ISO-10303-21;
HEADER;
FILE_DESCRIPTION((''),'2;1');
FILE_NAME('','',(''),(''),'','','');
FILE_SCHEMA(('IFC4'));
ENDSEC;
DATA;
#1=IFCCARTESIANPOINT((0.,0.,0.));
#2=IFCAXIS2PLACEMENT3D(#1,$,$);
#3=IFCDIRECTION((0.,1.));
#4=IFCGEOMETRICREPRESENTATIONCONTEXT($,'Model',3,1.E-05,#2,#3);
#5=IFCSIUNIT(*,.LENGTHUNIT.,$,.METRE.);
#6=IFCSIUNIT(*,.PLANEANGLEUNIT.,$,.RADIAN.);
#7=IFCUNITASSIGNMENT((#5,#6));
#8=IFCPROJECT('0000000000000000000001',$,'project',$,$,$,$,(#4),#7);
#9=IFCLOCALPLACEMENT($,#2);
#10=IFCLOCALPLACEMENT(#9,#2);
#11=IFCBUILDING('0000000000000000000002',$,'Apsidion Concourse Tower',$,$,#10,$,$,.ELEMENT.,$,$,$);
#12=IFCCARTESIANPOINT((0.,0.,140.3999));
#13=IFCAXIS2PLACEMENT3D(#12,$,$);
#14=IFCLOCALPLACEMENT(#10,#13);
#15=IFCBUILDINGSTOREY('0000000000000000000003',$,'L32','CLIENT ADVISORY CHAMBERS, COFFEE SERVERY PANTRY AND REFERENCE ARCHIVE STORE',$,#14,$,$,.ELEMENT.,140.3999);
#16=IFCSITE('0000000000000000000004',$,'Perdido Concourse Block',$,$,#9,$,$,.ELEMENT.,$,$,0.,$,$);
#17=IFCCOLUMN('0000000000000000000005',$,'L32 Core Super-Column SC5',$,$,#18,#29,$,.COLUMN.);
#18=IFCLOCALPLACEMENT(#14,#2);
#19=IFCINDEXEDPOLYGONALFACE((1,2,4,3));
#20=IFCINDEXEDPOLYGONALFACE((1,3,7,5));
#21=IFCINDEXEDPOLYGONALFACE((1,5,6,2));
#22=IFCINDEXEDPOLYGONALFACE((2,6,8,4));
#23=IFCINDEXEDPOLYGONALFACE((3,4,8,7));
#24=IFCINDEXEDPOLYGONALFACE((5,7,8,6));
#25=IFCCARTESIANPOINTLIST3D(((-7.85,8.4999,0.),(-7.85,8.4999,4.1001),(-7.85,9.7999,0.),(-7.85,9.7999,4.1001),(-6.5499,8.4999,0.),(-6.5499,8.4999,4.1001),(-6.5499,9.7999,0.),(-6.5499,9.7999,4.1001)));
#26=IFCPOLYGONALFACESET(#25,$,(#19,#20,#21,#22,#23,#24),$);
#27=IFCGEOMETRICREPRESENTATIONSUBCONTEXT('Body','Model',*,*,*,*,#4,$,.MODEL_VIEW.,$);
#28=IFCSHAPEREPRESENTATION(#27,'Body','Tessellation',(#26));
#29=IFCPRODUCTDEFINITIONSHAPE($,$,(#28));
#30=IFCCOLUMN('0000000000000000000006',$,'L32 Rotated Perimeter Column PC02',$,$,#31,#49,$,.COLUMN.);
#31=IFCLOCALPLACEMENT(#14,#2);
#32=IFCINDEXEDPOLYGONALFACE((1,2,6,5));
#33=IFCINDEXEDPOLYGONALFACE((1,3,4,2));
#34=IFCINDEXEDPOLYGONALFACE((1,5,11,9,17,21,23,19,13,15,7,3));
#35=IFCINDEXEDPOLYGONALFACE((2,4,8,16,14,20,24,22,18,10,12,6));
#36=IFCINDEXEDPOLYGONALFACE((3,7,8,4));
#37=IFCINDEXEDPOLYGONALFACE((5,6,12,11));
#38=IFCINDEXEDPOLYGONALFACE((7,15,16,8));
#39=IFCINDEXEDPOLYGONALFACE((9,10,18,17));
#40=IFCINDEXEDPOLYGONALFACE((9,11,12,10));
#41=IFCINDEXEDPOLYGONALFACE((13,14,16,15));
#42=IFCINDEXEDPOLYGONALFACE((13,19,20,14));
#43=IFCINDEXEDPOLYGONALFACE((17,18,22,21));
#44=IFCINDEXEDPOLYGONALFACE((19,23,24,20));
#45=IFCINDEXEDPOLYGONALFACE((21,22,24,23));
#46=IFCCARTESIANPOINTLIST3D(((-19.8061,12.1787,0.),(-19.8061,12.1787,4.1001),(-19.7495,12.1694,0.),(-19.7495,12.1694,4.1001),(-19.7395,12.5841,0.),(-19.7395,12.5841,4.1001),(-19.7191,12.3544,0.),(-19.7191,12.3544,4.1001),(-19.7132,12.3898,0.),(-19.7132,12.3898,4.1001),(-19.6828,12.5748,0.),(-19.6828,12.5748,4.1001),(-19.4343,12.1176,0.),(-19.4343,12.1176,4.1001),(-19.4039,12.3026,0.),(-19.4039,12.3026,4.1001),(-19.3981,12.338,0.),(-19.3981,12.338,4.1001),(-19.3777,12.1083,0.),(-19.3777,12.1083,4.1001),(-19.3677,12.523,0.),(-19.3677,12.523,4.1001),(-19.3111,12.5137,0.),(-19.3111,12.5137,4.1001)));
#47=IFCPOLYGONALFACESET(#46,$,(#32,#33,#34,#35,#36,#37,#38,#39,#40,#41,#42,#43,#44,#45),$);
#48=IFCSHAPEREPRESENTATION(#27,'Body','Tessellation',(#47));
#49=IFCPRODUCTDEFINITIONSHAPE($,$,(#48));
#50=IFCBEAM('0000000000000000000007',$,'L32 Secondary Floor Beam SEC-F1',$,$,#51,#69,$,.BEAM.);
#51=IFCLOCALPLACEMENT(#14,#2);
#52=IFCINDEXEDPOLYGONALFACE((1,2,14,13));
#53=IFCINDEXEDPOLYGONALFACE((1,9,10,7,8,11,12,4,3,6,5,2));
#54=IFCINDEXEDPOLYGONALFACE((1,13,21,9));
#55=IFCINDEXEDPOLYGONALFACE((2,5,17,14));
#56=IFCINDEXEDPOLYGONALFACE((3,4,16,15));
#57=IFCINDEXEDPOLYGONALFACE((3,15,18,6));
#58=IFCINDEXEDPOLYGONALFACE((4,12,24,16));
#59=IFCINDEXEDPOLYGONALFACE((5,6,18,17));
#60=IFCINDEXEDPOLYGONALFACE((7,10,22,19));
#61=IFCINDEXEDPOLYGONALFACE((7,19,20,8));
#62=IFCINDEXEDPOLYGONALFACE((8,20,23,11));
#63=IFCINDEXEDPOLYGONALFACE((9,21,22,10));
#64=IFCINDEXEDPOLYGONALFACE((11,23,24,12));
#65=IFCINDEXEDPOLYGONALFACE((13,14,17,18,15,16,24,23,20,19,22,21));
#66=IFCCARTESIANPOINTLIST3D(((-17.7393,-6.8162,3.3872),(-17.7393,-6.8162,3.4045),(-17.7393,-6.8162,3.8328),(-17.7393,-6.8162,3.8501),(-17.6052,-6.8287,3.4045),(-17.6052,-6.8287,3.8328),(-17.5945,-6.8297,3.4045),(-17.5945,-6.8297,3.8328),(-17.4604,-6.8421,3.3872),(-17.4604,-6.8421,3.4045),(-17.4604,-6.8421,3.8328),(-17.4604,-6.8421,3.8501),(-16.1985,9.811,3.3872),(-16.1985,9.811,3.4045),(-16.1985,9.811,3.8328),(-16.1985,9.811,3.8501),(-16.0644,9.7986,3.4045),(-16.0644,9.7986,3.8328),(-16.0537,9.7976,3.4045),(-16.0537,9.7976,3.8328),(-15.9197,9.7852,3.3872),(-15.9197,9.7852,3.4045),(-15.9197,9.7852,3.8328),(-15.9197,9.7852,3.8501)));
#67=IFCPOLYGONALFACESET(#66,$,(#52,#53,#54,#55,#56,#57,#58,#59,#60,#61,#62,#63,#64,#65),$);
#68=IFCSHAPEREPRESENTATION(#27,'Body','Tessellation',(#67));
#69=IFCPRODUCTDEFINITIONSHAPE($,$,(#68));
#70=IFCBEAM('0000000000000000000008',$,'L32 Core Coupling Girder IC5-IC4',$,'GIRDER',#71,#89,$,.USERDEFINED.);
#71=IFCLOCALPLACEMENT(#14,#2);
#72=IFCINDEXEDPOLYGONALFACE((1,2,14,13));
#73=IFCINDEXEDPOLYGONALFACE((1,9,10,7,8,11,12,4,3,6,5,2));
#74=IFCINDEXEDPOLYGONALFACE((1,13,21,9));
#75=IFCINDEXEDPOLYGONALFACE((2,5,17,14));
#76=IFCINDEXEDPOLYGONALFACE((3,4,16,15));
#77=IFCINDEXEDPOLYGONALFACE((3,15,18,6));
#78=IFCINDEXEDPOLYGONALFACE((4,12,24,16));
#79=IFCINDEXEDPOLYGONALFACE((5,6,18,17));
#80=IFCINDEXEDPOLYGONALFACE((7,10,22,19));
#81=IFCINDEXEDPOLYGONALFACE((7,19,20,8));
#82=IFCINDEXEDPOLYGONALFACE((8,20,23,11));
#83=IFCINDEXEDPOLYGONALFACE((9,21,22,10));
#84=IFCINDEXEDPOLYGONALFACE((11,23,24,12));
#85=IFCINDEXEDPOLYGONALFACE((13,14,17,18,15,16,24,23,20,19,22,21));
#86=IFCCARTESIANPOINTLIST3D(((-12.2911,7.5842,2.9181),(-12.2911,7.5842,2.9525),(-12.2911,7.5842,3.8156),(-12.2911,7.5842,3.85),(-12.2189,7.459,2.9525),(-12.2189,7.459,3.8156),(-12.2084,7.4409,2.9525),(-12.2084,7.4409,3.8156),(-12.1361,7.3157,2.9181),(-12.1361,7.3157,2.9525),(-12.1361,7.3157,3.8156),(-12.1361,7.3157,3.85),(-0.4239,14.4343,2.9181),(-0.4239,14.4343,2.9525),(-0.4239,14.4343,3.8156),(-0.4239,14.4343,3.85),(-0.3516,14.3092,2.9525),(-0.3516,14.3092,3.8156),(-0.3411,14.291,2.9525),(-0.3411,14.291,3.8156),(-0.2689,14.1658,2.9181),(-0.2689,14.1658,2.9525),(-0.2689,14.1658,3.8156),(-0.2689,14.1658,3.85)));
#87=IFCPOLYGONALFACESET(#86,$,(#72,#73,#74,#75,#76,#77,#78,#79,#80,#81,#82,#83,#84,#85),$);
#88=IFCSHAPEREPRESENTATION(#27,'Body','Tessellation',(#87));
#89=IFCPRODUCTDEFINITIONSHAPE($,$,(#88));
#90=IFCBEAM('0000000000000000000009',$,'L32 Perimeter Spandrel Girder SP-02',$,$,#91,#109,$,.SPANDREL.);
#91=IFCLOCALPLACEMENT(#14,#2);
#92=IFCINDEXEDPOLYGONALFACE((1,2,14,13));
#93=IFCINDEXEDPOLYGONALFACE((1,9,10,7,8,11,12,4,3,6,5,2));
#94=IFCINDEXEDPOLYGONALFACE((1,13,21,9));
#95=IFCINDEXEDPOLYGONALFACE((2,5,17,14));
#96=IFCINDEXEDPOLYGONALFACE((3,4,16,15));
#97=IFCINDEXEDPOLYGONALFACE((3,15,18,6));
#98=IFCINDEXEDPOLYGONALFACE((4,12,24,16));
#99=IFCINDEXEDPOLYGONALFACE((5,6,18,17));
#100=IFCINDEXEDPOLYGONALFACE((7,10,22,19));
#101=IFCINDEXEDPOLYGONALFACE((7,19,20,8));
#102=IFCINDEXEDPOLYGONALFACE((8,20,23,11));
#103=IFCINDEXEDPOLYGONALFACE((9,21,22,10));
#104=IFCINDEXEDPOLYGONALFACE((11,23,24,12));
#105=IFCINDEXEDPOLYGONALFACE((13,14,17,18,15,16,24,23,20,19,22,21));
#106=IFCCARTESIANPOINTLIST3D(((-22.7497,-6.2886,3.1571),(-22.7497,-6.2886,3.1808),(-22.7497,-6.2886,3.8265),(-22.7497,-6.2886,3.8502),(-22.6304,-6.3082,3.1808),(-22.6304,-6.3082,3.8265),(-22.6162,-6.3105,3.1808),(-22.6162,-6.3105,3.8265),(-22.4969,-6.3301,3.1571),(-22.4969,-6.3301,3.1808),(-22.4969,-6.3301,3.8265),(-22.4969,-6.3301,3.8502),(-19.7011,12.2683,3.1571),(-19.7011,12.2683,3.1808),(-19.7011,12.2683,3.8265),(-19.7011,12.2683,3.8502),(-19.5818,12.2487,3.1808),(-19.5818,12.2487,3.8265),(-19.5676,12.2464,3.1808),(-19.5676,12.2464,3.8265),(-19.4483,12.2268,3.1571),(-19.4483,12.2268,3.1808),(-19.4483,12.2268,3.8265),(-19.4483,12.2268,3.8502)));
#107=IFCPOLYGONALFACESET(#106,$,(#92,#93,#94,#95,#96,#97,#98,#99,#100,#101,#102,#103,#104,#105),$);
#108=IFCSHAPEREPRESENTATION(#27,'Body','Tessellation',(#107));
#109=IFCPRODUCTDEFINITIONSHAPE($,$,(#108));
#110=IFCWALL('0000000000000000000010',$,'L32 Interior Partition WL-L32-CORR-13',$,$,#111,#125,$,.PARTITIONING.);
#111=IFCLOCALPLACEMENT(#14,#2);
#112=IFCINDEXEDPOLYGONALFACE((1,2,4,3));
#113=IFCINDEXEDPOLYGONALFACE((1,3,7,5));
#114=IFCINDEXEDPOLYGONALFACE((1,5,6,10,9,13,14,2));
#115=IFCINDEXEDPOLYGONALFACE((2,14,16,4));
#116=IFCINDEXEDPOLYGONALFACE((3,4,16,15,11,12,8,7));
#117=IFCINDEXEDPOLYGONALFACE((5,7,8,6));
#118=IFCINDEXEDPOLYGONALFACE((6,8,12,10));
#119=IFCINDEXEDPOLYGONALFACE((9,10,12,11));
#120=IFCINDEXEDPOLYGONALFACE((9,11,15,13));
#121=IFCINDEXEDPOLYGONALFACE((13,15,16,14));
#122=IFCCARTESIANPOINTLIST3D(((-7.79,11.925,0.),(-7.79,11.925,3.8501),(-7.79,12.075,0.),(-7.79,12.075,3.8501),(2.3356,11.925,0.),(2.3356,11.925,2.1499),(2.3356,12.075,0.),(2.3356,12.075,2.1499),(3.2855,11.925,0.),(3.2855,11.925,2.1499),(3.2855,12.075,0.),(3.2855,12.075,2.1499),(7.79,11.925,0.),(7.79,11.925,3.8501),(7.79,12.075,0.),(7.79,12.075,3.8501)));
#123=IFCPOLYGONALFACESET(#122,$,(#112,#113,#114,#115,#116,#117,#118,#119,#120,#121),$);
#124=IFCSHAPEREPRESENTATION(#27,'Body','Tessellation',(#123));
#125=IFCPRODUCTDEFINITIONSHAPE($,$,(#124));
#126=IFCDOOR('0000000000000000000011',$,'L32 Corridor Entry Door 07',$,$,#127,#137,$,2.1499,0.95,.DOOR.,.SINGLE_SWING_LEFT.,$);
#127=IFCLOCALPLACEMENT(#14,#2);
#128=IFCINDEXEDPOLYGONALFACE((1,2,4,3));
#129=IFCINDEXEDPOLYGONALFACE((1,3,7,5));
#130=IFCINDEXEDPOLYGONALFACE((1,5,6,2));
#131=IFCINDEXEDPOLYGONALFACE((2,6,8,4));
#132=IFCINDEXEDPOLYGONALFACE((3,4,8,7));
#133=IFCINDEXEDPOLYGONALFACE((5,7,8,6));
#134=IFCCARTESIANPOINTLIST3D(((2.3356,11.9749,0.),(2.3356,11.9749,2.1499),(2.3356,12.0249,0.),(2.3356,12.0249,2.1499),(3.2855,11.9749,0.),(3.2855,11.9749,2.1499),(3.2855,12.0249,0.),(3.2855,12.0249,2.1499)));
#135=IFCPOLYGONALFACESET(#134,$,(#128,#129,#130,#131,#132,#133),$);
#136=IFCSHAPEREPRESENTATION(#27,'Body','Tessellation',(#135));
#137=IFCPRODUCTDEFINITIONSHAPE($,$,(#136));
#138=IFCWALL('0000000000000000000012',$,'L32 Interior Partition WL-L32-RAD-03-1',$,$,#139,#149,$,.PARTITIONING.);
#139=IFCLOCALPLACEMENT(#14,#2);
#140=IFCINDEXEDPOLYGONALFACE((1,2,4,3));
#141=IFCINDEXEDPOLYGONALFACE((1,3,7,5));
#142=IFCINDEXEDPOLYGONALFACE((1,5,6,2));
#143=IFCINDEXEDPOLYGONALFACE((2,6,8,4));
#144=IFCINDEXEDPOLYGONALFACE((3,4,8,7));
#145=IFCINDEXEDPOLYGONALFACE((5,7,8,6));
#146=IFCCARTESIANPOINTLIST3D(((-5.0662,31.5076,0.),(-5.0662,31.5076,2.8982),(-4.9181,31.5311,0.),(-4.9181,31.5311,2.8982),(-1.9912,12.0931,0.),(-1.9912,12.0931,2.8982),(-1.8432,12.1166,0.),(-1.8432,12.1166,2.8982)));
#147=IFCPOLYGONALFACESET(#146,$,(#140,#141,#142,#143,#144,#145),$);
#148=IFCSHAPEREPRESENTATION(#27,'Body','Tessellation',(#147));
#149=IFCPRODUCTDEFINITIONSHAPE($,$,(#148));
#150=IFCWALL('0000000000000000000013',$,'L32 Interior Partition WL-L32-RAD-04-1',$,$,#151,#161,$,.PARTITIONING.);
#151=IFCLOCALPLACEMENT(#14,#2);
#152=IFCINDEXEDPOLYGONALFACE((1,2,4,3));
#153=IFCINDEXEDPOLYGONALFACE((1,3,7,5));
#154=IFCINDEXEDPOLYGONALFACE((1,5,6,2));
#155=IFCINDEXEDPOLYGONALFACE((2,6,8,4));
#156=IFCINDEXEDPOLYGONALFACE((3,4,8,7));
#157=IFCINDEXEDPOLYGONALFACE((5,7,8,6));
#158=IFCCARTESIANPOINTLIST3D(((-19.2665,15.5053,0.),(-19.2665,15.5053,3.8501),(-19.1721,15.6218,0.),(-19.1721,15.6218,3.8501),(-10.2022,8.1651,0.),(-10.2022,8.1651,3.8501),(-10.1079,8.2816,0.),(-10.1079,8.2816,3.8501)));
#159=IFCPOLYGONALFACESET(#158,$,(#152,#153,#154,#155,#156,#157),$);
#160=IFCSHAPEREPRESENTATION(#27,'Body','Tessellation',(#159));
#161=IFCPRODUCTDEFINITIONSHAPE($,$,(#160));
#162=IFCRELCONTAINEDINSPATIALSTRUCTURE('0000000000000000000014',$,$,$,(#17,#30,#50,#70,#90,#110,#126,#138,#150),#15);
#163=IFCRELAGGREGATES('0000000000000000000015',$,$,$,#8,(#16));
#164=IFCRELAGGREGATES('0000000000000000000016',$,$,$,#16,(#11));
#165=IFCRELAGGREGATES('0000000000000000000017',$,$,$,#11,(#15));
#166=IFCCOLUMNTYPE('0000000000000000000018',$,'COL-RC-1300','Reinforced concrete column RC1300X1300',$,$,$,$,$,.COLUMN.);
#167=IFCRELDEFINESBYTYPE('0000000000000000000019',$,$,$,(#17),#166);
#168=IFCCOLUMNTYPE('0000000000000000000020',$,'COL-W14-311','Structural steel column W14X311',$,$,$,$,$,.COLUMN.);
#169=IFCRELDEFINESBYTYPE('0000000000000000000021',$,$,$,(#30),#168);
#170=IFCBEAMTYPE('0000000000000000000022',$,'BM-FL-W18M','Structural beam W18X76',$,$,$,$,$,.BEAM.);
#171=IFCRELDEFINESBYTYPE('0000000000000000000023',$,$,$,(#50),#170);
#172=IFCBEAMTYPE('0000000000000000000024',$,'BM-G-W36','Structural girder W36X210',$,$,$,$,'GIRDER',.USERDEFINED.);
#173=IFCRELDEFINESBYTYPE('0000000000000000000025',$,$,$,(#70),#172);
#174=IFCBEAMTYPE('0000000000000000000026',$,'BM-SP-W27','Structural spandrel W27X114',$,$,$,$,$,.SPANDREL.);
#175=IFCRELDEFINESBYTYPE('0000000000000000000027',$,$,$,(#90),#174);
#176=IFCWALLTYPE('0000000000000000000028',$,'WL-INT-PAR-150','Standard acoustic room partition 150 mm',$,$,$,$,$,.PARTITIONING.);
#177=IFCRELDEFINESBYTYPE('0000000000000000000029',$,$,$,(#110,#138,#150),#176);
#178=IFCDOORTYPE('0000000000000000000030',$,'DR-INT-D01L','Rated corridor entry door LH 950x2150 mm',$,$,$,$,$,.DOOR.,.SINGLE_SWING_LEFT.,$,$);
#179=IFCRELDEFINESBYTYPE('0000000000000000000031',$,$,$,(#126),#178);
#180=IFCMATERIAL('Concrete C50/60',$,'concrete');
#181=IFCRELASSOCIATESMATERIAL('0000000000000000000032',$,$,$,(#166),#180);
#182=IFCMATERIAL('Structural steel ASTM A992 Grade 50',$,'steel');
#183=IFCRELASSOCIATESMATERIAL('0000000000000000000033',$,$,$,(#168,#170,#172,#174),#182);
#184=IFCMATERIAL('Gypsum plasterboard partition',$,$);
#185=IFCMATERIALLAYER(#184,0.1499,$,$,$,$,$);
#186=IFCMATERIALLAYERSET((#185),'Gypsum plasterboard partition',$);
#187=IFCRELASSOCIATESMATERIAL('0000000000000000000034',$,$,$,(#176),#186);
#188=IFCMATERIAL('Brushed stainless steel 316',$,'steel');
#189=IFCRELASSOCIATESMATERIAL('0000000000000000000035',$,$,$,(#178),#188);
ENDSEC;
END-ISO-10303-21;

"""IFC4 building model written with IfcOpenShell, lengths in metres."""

from ifc_helpers import new_model, si_unit, direction, frame, frame_2d, origin, origin_2d, place, context, subcontext, project, spatial, rectangle, i_section, extrude, material, layer, layer_set, material_profile, profile_set, type_object, element, fill, save


model = new_model("IFC4")

# Units and contexts
model_context = context("Model", 3, precision=1e-05, world=origin(), true_north=direction((0.0, 1.0)))
body_context = subcontext(model_context, "Body", "Model", "MODEL_VIEW")
ifc_project = project(units=[si_unit("LENGTHUNIT", "METRE"), si_unit("PLANEANGLEUNIT", "RADIAN")], contexts=[model_context])

# Site, building, storey
site_placement = place(None, origin())
site = spatial("IfcSite", under=ifc_project, at=site_placement, Name="Perdido Concourse Block", CompositionType="ELEMENT", RefElevation=0.0)
building_placement = place(site_placement, origin())
building = spatial("IfcBuilding", under=site, at=building_placement, Name="Apsidion Concourse Tower", CompositionType="ELEMENT")
storey_placement = place(building_placement, frame((0.0, 0.0, 140.3999)))
storey = spatial("IfcBuildingStorey", under=building, at=storey_placement, Name="L32", Description="CLIENT ADVISORY CHAMBERS, COFFEE SERVERY PANTRY AND REFERENCE ARCHIVE STORE", CompositionType="ELEMENT", Elevation=140.3999)

# Columns
ifc_material_1 = material(Name="Concrete C50/60", Category="concrete")
ifc_material_profile_1 = material_profile(ifc_material_1, rectangle(XDim=1.3, YDim=1.3, at=origin_2d()), Name="RC 1300x1300")
ifc_profile_set_1 = profile_set([ifc_material_profile_1], Name="Concrete C50/60")
column_type_1 = type_object("IfcColumnType", Name="COL-RC-1300", Description="Reinforced concrete column RC1300X1300", PredefinedType="COLUMN", material=ifc_profile_set_1)
column_1_placement = place(storey_placement, frame((-7.2, 9.1499, 0.0), z_axis=(0.0, 0.0, 1.0), x_axis=(1.0, 0.0, 0.0)))
element("IfcColumn", 1, at=column_1_placement, inside=storey, type_object=column_type_1, Name="L32 Core Super-Column SC5", PredefinedType="COLUMN", context=body_context, shape_type="SweptSolid", body=[
    extrude(rectangle(XDim=1.3, YDim=1.3, at=origin_2d()), origin(), (0.0, 0.0, 1.0), 4.1001),
])
ifc_material_2 = material(Name="Structural steel ASTM A992 Grade 50", Category="steel")
ifc_material_profile_2 = material_profile(ifc_material_2, i_section(OverallWidth=0.4109, OverallDepth=0.4341, WebThickness=0.0359, FlangeThickness=0.0574, at=origin_2d()), Name="W14X311")
ifc_profile_set_2 = profile_set([ifc_material_profile_2], Name="Structural steel ASTM A992 Grade 50")
column_type_2 = type_object("IfcColumnType", Name="COL-W14-311", Description="Structural steel column W14X311", PredefinedType="COLUMN", material=ifc_profile_set_2)
column_2_placement = place(storey_placement, frame((-19.5586, 12.3462, 0.0), z_axis=(0.0, 0.0, 1.0), x_axis=(0.162121, 0.986771, 0.0)))
element("IfcColumn", 2, at=column_2_placement, inside=storey, type_object=column_type_2, Name="L32 Rotated Perimeter Column PC02", PredefinedType="COLUMN", context=body_context, shape_type="SweptSolid", body=[
    extrude(i_section(OverallWidth=0.4109, OverallDepth=0.4341, WebThickness=0.0359, FlangeThickness=0.0574, at=origin_2d()), origin(), (0.0, 0.0, 1.0), 4.1001),
])

# Beams
ifc_material_profile_3 = material_profile(ifc_material_2, i_section(OverallWidth=0.28, OverallDepth=0.4629, WebThickness=0.0107, FlangeThickness=0.0173, at=origin_2d()), Name="W18X76")
ifc_profile_set_3 = profile_set([ifc_material_profile_3], Name="Structural steel ASTM A992 Grade 50")
beam_type_1 = type_object("IfcBeamType", Name="BM-FL-W18M", Description="Structural beam W18X76", PredefinedType="BEAM", material=ifc_profile_set_3)
beam_1_placement = place(storey_placement, frame((-16.0591, 9.7981, 3.6187), z_axis=(-0.09227, -0.995734, 0.0), x_axis=(0.995734, -0.09227, 0.0)))
element("IfcBeam", 3, at=beam_1_placement, inside=storey, type_object=beam_type_1, Name="L32 Secondary Floor Beam SEC-F1", PredefinedType="BEAM", context=body_context, shape_type="SweptSolid", body=[
    extrude(i_section(OverallWidth=0.28, OverallDepth=0.4629, WebThickness=0.0107, FlangeThickness=0.0173, at=origin_2d()), origin(), (0.0, 0.0, 1.0), 16.6985),
])
ifc_material_profile_4 = material_profile(ifc_material_2, i_section(OverallWidth=0.3101, OverallDepth=0.9319, WebThickness=0.021, FlangeThickness=0.0344, at=origin_2d()), Name="W36X210")
ifc_profile_set_4 = profile_set([ifc_material_profile_4], Name="Structural steel ASTM A992 Grade 50")
beam_type_2 = type_object("IfcBeamType", Name="BM-G-W36", Description="Structural girder W36X210", ElementType="GIRDER", PredefinedType="USERDEFINED", material=ifc_profile_set_4)
beam_2_placement = place(storey_placement, frame((-12.2136, 7.45, 3.384), z_axis=(0.86607, 0.499922, 0.0), x_axis=(-0.499922, 0.86607, 0.0)))
element("IfcBeam", 4, at=beam_2_placement, inside=storey, type_object=beam_type_2, Name="L32 Core Coupling Girder IC5-IC4", ObjectType="GIRDER", PredefinedType="USERDEFINED", context=body_context, shape_type="SweptSolid", body=[
    extrude(i_section(OverallWidth=0.3101, OverallDepth=0.9319, WebThickness=0.021, FlangeThickness=0.0344, at=origin_2d()), origin(), (0.0, 0.0, 1.0), 13.7024),
])
ifc_material_profile_5 = material_profile(ifc_material_2, i_section(OverallWidth=0.2561, OverallDepth=0.6931, WebThickness=0.0144, FlangeThickness=0.0237, at=origin_2d()), Name="W27X114")
ifc_profile_set_5 = profile_set([ifc_material_profile_5], Name="Structural steel ASTM A992 Grade 50")
beam_type_3 = type_object("IfcBeamType", Name="BM-SP-W27", Description="Structural spandrel W27X114", PredefinedType="SPANDREL", material=ifc_profile_set_5)
beam_3_placement = place(storey_placement, frame((-19.5747, 12.2476, 3.5037), z_axis=(-0.16211, -0.986773, 0.0), x_axis=(0.986773, -0.16211, 0.0)))
element("IfcBeam", 5, at=beam_3_placement, inside=storey, type_object=beam_type_3, Name="L32 Perimeter Spandrel Girder SP-02", PredefinedType="SPANDREL", context=body_context, shape_type="SweptSolid", body=[
    extrude(i_section(OverallWidth=0.2561, OverallDepth=0.6931, WebThickness=0.0144, FlangeThickness=0.0237, at=origin_2d()), origin(), (0.0, 0.0, 1.0), 18.8057),
])

# Wall, opening, door
ifc_material_3 = material(Name="Gypsum plasterboard partition")
ifc_layer_1 = layer(ifc_material_3, 0.1499)
ifc_layer_set_1 = layer_set([ifc_layer_1], Name="Gypsum plasterboard partition")
wall_type_1 = type_object("IfcWallType", Name="WL-INT-PAR-150", Description="Standard acoustic room partition 150 mm", PredefinedType="PARTITIONING", material=ifc_layer_set_1)
wall_1_placement = place(storey_placement, frame((-7.79, 12.0, 0.0), z_axis=(0.0, 0.0, 1.0), x_axis=(1.0, 0.0, 0.0)))
wall_1 = element("IfcWall", 6, at=wall_1_placement, inside=storey, type_object=wall_type_1, Name="L32 Interior Partition WL-L32-CORR-13", PredefinedType="PARTITIONING", context=body_context, shape_type="SweptSolid", body=[
    extrude(rectangle(XDim=15.5801, YDim=0.1499, at=frame_2d((7.79, 0.0))), origin(), (0.0, 0.0, 1.0), 3.8501),
])
opening_1_placement = place(wall_1_placement, frame((10.1255, 0.0, 0.0)))
opening_1 = element("IfcOpeningElement", 7, at=opening_1_placement, cuts=wall_1, PredefinedType="OPENING", context=body_context, shape_type="SweptSolid", body=[
    extrude(rectangle(XDim=0.95, YDim=2.1499, at=frame_2d((0.4751, 1.075))), frame((0.0, 0.085, 0.0), z_axis=(0.0, -1.0, 0.0), x_axis=(1.0, 0.0, 0.0)), (0.0, 0.0, 1.0), 0.1699),
])
ifc_material_4 = material(Name="Brushed stainless steel 316", Category="steel")
door_type_1 = type_object("IfcDoorType", Name="DR-INT-D01L", Description="Rated corridor entry door LH 950x2150 mm", OperationType="SINGLE_SWING_LEFT", PredefinedType="DOOR", material=ifc_material_4)
door_1_placement = place(opening_1_placement, origin())
door_1 = element("IfcDoor", 8, at=door_1_placement, inside=storey, type_object=door_type_1, Name="L32 Corridor Entry Door 07", OperationType="SINGLE_SWING_LEFT", OverallHeight=2.1499, OverallWidth=0.95, PredefinedType="DOOR", context=body_context, shape_type="SweptSolid", body=[
    extrude(rectangle(XDim=0.95, YDim=2.1499, at=frame_2d((0.4751, 1.075))), frame((0.0, 0.0249, 0.0), z_axis=(0.0, -1.0, 0.0), x_axis=(1.0, 0.0, 0.0)), (0.0, 0.0, 1.0), 0.05),
])
fill(opening_1, door_1)

# Walls
wall_2_placement = place(storey_placement, frame((-1.9172, 12.105, 0.0), z_axis=(0.0, 0.0, 1.0), x_axis=(-0.156434, 0.987688, 0.0)))
element("IfcWall", 9, at=wall_2_placement, inside=storey, type_object=wall_type_1, Name="L32 Interior Partition WL-L32-RAD-03-1", PredefinedType="PARTITIONING", context=body_context, shape_type="SweptSolid", body=[
    extrude(rectangle(XDim=19.6565, YDim=0.1499, at=frame_2d((9.8281, 0.0))), origin(), (0.0, 0.0, 1.0), 2.8982),
])
wall_3_placement = place(storey_placement, frame((-10.155, 8.2234, 0.0), z_axis=(0.0, 0.0, 1.0), x_axis=(-0.777144, 0.629322, 0.0)))
element("IfcWall", 10, at=wall_3_placement, inside=storey, type_object=wall_type_1, Name="L32 Interior Partition WL-L32-RAD-04-1", PredefinedType="PARTITIONING", context=body_context, shape_type="SweptSolid", body=[
    extrude(rectangle(XDim=11.6636, YDim=0.1499, at=frame_2d((5.8318, 0.0))), origin(), (0.0, 0.0, 1.0), 3.8501),
])

save(model, "model.ifc")
